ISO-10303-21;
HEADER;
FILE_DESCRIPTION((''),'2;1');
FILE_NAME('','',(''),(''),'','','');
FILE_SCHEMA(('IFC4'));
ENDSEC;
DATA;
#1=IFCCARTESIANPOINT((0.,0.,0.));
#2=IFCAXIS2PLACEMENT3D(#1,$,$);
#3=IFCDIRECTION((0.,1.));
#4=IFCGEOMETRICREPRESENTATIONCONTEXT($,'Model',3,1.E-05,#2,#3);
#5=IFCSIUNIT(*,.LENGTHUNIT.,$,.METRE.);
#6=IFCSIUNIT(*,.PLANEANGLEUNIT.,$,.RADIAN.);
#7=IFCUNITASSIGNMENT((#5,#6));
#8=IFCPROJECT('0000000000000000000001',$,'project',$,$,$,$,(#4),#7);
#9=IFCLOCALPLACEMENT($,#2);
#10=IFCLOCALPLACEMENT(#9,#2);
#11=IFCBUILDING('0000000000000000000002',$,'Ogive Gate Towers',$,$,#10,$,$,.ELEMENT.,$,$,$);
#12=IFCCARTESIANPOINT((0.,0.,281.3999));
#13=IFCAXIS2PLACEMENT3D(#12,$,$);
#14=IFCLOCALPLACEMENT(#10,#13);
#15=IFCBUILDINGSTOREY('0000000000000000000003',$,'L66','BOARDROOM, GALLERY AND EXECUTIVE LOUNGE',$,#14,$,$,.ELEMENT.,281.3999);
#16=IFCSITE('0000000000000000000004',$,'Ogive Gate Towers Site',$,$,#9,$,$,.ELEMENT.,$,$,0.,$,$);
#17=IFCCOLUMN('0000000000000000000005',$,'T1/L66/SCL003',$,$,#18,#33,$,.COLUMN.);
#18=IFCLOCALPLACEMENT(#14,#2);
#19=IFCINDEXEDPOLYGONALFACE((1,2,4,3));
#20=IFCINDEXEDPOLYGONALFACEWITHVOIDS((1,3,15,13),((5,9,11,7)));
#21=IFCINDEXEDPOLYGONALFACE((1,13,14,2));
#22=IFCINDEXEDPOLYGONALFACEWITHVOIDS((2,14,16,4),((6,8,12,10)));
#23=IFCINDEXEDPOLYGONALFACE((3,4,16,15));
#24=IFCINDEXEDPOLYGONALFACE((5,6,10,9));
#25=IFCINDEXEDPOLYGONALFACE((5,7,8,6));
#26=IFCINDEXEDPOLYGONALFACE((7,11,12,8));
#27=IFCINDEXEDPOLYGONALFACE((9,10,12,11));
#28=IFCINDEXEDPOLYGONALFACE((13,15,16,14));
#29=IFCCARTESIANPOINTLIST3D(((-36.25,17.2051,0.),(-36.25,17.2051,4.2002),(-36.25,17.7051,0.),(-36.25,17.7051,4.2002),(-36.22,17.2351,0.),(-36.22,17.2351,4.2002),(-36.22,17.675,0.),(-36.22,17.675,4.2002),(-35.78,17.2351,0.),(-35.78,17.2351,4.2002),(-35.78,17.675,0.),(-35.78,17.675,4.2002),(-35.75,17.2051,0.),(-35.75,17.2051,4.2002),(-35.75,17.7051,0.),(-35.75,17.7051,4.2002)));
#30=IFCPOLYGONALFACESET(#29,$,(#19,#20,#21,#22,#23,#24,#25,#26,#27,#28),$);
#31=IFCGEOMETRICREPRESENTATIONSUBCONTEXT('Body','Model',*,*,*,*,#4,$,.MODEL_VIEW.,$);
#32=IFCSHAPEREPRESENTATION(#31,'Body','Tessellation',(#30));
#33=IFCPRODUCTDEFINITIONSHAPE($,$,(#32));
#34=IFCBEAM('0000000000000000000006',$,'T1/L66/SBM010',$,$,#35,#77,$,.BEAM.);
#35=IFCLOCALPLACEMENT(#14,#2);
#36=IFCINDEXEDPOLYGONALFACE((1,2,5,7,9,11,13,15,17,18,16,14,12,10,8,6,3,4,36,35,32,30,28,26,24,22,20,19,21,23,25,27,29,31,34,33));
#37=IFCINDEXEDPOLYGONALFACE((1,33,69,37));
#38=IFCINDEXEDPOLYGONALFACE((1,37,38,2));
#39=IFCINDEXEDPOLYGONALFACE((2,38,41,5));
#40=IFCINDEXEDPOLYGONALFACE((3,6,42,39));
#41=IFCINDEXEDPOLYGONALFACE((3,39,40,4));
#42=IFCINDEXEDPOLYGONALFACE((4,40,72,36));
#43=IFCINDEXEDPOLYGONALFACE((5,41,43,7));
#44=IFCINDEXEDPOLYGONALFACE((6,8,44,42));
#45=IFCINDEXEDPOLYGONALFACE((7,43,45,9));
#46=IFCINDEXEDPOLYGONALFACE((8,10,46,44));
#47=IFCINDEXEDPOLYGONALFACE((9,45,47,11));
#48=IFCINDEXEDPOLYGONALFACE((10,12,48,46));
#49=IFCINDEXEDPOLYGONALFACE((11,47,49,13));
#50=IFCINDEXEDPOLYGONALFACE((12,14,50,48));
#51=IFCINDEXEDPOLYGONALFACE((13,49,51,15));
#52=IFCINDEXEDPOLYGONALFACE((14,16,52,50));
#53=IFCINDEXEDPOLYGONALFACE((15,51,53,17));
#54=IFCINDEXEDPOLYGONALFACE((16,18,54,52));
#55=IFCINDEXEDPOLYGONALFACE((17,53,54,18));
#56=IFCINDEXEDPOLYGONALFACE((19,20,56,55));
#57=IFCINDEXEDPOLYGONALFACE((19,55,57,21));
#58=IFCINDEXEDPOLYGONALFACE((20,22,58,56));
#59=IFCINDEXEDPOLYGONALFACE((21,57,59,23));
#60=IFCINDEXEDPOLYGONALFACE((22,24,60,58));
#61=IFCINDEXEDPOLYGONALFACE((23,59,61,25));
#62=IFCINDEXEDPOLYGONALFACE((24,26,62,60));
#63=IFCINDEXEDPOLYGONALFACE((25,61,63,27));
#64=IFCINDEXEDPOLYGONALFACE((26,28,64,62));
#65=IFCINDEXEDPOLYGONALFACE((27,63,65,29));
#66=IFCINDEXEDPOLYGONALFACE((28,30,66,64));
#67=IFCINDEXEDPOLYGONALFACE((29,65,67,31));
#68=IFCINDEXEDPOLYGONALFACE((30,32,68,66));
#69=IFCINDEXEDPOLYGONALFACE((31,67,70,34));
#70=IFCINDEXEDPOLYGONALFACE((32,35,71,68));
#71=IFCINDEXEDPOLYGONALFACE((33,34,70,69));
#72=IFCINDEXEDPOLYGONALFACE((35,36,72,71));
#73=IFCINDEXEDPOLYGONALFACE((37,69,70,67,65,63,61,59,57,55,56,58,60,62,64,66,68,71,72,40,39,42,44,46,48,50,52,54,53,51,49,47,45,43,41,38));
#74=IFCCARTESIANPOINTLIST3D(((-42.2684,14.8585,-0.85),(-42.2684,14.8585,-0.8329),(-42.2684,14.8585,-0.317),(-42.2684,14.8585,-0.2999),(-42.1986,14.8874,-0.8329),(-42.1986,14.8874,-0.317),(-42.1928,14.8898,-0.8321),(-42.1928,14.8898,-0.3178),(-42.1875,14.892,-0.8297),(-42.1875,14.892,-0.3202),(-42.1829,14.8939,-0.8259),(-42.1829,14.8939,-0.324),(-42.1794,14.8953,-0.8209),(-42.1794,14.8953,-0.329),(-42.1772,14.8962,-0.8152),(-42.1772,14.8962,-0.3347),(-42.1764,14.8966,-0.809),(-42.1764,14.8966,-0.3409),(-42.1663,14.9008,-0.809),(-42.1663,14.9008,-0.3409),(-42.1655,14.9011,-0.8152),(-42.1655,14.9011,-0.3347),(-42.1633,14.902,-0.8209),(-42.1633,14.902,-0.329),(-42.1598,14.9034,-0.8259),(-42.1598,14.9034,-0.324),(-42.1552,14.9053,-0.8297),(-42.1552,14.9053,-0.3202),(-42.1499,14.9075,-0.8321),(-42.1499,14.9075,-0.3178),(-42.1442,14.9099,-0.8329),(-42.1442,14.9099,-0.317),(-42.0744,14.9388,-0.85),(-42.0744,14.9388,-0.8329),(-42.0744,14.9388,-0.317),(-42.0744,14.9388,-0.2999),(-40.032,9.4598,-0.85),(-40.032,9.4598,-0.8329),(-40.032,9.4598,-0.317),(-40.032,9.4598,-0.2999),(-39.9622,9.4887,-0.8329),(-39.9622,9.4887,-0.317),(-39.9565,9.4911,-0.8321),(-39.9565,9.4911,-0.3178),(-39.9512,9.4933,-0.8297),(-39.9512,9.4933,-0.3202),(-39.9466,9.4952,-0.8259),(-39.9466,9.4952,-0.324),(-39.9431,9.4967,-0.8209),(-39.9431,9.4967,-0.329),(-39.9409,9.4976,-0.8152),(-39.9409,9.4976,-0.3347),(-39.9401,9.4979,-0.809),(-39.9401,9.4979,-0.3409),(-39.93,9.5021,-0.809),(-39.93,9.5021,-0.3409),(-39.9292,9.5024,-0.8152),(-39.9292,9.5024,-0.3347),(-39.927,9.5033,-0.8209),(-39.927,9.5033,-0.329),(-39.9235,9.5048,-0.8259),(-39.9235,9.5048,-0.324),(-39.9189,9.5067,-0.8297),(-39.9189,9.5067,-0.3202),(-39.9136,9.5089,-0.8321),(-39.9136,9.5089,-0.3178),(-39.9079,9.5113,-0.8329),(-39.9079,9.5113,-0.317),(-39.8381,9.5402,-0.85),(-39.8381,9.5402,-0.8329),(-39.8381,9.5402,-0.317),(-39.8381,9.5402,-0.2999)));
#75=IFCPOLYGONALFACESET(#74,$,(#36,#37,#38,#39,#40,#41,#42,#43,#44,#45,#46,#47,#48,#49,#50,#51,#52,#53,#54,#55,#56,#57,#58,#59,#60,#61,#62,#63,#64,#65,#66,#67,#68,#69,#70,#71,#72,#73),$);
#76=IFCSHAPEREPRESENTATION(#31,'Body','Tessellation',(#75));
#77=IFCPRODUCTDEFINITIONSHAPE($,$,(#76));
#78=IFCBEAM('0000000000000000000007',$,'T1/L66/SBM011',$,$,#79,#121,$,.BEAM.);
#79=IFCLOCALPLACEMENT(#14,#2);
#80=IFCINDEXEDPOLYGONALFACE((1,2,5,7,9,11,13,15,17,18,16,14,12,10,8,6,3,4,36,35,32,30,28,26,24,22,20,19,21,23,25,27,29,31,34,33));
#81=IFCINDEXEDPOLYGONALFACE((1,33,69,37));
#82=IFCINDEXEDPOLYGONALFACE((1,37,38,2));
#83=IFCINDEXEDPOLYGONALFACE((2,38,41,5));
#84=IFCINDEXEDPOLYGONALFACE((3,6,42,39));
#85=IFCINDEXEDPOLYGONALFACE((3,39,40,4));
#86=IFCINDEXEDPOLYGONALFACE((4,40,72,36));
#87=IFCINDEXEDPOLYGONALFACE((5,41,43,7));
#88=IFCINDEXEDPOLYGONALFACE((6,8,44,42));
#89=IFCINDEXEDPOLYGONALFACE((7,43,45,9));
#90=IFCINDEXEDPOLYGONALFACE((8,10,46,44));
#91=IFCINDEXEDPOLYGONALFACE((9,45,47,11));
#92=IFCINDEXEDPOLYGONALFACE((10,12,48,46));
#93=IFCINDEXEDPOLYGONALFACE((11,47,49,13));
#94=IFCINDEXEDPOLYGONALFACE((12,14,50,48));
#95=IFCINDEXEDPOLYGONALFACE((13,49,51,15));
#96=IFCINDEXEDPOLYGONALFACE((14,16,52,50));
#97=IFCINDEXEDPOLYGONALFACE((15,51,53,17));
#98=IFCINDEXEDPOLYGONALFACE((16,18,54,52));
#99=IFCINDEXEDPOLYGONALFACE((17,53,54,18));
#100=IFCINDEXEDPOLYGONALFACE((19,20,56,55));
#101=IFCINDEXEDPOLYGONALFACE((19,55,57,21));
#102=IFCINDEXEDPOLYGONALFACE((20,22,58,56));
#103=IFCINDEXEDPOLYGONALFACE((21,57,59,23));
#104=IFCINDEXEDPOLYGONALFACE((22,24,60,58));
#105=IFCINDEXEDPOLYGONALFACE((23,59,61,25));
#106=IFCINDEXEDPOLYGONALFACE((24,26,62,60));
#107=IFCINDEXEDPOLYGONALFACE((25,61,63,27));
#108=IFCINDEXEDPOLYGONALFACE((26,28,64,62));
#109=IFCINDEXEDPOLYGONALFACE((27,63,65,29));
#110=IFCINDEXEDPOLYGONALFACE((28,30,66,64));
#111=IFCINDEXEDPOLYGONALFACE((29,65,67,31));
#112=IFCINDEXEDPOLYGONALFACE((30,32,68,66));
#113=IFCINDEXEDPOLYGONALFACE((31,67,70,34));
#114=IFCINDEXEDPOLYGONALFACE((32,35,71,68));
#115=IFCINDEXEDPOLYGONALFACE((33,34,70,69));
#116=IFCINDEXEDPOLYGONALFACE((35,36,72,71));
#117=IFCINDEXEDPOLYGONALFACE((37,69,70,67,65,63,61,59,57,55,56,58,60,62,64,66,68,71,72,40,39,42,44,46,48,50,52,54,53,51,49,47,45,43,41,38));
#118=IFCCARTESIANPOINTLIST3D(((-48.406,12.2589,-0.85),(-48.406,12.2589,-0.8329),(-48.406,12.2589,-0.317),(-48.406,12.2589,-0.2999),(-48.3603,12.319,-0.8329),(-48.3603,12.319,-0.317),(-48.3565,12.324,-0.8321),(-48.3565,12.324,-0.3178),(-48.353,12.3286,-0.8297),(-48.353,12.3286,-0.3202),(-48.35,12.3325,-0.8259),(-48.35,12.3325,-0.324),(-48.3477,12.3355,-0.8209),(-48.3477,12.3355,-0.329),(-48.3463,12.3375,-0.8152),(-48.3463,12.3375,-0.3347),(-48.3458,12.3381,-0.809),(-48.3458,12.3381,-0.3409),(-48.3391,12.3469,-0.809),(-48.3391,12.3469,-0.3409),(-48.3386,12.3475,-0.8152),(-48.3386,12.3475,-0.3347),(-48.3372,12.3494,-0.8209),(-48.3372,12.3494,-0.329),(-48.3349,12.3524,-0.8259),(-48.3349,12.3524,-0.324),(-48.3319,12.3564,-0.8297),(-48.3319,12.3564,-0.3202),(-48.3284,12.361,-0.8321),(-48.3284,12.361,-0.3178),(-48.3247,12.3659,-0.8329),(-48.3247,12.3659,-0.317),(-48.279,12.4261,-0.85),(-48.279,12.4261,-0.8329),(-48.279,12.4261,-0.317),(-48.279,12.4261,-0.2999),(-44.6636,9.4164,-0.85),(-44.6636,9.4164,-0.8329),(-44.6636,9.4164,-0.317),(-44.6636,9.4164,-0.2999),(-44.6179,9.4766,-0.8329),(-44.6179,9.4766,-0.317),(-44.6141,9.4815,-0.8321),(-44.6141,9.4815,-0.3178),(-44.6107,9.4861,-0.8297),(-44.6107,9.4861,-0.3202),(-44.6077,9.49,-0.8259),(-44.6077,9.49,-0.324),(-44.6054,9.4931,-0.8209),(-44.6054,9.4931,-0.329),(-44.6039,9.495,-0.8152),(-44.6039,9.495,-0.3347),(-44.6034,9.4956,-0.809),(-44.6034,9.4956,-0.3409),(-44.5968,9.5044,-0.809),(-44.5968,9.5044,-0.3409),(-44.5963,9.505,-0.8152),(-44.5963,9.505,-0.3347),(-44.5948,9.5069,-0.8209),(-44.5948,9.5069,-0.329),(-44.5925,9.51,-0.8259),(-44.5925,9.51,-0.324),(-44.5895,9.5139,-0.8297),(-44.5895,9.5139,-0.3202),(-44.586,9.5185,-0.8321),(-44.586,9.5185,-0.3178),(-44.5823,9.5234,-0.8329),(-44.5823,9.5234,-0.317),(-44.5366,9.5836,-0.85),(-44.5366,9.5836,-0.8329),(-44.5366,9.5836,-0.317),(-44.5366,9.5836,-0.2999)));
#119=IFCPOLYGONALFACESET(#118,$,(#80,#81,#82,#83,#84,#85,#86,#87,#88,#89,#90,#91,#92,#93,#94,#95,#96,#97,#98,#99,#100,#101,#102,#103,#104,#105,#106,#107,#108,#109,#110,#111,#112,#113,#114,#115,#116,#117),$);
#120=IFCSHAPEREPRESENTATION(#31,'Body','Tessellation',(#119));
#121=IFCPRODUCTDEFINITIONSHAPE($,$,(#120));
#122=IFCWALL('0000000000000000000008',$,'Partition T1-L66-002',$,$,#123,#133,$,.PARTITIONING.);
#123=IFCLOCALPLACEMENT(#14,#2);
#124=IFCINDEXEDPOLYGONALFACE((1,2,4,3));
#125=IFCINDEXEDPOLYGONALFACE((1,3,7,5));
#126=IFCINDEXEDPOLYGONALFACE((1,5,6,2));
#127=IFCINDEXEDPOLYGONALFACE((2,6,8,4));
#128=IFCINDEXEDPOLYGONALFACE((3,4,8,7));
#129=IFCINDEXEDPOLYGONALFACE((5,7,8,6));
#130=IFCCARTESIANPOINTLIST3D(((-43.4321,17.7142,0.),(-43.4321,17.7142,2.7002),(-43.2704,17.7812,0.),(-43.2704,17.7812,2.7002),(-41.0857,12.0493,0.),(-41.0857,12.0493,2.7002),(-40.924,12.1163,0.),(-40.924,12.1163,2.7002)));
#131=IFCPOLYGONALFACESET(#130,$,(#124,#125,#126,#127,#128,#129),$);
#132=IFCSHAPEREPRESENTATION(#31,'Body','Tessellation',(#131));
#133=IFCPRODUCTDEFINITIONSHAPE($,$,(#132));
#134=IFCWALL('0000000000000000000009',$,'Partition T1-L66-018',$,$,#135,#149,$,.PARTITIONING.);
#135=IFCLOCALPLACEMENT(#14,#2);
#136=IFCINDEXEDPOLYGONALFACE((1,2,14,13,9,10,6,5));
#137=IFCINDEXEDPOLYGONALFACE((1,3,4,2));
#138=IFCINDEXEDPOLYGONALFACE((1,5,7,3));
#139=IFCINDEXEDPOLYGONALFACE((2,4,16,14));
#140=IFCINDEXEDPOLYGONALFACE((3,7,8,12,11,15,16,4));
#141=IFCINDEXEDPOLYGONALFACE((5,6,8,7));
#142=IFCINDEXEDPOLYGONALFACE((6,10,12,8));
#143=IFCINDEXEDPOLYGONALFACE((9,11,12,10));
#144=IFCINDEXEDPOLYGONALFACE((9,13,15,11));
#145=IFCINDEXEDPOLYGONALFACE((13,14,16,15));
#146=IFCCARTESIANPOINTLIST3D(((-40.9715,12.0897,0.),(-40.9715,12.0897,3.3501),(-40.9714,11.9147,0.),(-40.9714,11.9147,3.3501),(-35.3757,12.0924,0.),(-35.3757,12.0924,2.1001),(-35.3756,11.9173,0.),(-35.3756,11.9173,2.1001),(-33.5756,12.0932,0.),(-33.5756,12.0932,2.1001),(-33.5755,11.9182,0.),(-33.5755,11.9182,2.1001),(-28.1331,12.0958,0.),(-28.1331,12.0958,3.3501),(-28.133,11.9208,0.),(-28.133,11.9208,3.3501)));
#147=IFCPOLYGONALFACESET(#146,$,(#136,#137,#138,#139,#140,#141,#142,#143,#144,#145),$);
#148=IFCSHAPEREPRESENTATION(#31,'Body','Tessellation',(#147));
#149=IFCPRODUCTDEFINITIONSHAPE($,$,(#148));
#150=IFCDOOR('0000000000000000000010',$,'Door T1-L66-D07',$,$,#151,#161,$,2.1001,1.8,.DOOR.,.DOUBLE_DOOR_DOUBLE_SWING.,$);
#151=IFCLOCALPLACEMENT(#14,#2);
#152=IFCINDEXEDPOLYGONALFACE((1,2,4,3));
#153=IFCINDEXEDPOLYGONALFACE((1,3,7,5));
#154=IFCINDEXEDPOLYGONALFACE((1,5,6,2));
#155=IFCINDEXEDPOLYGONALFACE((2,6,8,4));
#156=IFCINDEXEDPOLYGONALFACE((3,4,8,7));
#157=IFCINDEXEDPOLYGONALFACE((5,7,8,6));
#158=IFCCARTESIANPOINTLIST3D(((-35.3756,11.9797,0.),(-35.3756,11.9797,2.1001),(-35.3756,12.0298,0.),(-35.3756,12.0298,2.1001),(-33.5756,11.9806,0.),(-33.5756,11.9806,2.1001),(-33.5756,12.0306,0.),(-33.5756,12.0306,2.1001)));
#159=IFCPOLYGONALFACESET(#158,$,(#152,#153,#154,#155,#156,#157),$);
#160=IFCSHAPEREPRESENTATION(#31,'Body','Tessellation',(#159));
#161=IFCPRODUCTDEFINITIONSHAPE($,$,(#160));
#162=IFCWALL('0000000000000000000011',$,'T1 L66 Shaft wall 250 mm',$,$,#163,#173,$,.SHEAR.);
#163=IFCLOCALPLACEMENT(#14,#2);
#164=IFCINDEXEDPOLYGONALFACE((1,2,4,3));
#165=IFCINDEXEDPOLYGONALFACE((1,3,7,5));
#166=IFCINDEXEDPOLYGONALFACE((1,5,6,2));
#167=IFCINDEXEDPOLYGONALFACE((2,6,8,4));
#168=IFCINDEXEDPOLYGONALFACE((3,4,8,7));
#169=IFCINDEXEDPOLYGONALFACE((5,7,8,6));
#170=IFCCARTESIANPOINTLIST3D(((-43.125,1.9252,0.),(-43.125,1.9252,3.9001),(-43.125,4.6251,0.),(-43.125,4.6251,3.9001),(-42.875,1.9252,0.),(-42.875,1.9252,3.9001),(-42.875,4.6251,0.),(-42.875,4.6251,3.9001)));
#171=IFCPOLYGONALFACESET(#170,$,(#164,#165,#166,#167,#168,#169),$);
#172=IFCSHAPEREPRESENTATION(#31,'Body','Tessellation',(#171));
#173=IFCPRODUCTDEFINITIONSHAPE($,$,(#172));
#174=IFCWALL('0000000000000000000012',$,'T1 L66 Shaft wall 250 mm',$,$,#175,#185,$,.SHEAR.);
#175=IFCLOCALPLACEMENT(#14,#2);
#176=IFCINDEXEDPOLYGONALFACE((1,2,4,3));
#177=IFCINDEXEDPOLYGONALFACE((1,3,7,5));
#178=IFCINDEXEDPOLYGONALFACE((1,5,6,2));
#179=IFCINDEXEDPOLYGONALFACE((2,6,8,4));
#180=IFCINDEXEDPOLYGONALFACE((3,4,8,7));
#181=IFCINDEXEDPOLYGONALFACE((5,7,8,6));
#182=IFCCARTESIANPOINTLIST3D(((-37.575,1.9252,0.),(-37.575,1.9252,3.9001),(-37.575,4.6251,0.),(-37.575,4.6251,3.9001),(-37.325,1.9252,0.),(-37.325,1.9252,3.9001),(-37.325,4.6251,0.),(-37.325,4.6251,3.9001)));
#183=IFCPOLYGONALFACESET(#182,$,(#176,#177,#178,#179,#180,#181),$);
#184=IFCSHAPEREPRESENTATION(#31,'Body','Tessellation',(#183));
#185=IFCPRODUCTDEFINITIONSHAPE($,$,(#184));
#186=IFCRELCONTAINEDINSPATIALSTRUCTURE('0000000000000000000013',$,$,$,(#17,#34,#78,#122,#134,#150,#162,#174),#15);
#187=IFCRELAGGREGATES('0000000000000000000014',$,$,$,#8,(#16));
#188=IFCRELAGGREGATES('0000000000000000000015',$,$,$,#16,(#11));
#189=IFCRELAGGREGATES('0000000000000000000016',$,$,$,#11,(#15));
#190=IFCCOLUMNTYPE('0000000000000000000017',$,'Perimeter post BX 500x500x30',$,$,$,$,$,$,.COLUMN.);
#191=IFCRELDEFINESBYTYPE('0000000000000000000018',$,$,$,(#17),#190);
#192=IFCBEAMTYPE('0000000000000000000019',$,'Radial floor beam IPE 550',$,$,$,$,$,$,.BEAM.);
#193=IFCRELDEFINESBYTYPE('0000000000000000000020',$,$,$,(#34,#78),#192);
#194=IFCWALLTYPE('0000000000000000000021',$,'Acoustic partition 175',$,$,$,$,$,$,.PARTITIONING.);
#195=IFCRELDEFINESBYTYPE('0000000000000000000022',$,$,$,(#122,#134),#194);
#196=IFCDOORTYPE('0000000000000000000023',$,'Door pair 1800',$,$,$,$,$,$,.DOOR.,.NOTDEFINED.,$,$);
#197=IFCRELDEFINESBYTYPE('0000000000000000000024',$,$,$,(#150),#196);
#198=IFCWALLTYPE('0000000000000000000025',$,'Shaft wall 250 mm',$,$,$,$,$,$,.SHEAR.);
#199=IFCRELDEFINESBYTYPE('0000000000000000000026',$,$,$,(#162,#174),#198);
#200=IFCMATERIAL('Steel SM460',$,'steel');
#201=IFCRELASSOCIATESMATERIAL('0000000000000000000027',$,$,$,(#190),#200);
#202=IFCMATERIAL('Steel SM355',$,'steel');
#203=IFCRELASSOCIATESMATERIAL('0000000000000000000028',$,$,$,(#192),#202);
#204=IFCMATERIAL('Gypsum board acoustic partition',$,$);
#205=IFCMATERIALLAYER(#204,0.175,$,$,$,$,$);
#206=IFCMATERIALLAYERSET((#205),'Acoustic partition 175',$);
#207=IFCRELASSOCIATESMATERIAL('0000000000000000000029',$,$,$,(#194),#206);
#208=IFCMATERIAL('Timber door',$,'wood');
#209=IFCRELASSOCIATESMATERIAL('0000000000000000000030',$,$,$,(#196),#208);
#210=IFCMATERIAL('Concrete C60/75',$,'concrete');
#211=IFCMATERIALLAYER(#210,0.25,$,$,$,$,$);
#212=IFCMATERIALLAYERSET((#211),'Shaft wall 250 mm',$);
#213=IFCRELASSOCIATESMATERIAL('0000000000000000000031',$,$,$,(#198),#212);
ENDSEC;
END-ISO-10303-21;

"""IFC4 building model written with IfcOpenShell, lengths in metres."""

from ifc_helpers import new_model, si_unit, direction, frame, frame_2d, origin, origin_2d, place, context, subcontext, project, spatial, rectangle, hollow_rectangle, i_section, extrude, material, layer, layer_set, material_profile, profile_set, type_object, element, fill, save


model = new_model("IFC4")

# Units and contexts
model_context = context("Model", 3, precision=1e-05, world=origin(), true_north=direction((0.0, 1.0)))
body_context = subcontext(model_context, "Body", "Model", "MODEL_VIEW")
ifc_project = project(units=[si_unit("LENGTHUNIT", "METRE"), si_unit("PLANEANGLEUNIT", "RADIAN")], contexts=[model_context])

# Site, building, storey
site_placement = place(None, origin())
site = spatial("IfcSite", under=ifc_project, at=site_placement, Name="Ogive Gate Towers Site", CompositionType="ELEMENT", RefElevation=0.0)
building_placement = place(site_placement, origin())
building = spatial("IfcBuilding", under=site, at=building_placement, Name="Ogive Gate Towers", CompositionType="ELEMENT")
storey_placement = place(building_placement, frame((0.0, 0.0, 281.3999)))
storey = spatial("IfcBuildingStorey", under=building, at=storey_placement, Name="L66", Description="BOARDROOM, GALLERY AND EXECUTIVE LOUNGE", CompositionType="ELEMENT", Elevation=281.3999)

# Column
ifc_material_1 = material(Name="Steel SM460", Category="steel")
ifc_material_profile_1 = material_profile(ifc_material_1, hollow_rectangle(XDim=0.5, YDim=0.5, WallThickness=0.03, at=origin_2d()), Name="BX 500x500x30")
ifc_profile_set_1 = profile_set([ifc_material_profile_1], Name="Steel SM460")
column_type = type_object("IfcColumnType", Name="Perimeter post BX 500x500x30", PredefinedType="COLUMN", material=ifc_profile_set_1)
column_placement = place(storey_placement, frame((-36.0, 17.4551, 0.0), z_axis=(0.0, 0.0, 1.0), x_axis=(1.0, 0.0, 0.0)))
element("IfcColumn", 1, at=column_placement, inside=storey, type_object=column_type, Name="T1/L66/SCL003", PredefinedType="COLUMN", context=body_context, shape_type="SweptSolid", body=[
    extrude(hollow_rectangle(XDim=0.5, YDim=0.5, WallThickness=0.03, at=origin_2d()), origin(), (0.0, 0.0, 1.0), 4.2002),
])

# Beams
ifc_material_2 = material(Name="Steel SM355", Category="steel")
ifc_material_profile_2 = material_profile(ifc_material_2, i_section(OverallWidth=0.21, OverallDepth=0.55, WebThickness=0.011, FlangeThickness=0.0171, FilletRadius=0.0239, at=origin_2d()), Name="IPE 550")
ifc_profile_set_2 = profile_set([ifc_material_profile_2], Name="Steel SM355")
beam_type = type_object("IfcBeamType", Name="Radial floor beam IPE 550", PredefinedType="BEAM", material=ifc_profile_set_2)
beam_1_placement = place(storey_placement, frame((-39.9351, 9.5, -0.575), z_axis=(-0.382701, 0.923872, 0.0), x_axis=(-0.923872, -0.382701, 0.0)))
element("IfcBeam", 2, at=beam_1_placement, inside=storey, type_object=beam_type, Name="T1/L66/SBM010", PredefinedType="BEAM", context=body_context, shape_type="SweptSolid", body=[
    extrude(i_section(OverallWidth=0.21, OverallDepth=0.55, WebThickness=0.011, FlangeThickness=0.0171, FilletRadius=0.0239, at=origin_2d()), origin(), (0.0, 0.0, 1.0), 5.8435),
])
beam_2_placement = place(storey_placement, frame((-44.6001, 9.5, -0.575), z_axis=(-0.796338, 0.604851, 0.0), x_axis=(-0.604851, -0.796338, 0.0)))
element("IfcBeam", 3, at=beam_2_placement, inside=storey, type_object=beam_type, Name="T1/L66/SBM011", PredefinedType="BEAM", context=body_context, shape_type="SweptSolid", body=[
    extrude(i_section(OverallWidth=0.21, OverallDepth=0.55, WebThickness=0.011, FlangeThickness=0.0171, FilletRadius=0.0239, at=origin_2d()), origin(), (0.0, 0.0, 1.0), 4.6995),
])

# Wall
ifc_material_3 = material(Name="Gypsum board acoustic partition")
ifc_layer_1 = layer(ifc_material_3, 0.175)
ifc_layer_set_1 = layer_set([ifc_layer_1], Name="Acoustic partition 175")
wall_type_1 = type_object("IfcWallType", Name="Acoustic partition 175", PredefinedType="PARTITIONING", material=ifc_layer_set_1)
wall_1_placement = place(storey_placement, frame((-43.3513, 17.7478, 0.0), z_axis=(0.0, 0.0, 1.0), x_axis=(0.382684, -0.923879, 0.0)))
element("IfcWall", 4, at=wall_1_placement, inside=storey, type_object=wall_type_1, Name="Partition T1-L66-002", PredefinedType="PARTITIONING", context=body_context, shape_type="SweptSolid", body=[
    extrude(rectangle(XDim=6.1316, YDim=0.175, at=frame_2d((3.0659, 0.0))), origin(), (0.0, 0.0, 1.0), 2.7002),
])

# Wall, opening, door
wall_2_placement = place(storey_placement, frame((-40.9714, 12.0022, 0.0), z_axis=(0.0, 0.0, 1.0), x_axis=(1.0, 0.000475, 0.0)))
wall_2 = element("IfcWall", 5, at=wall_2_placement, inside=storey, type_object=wall_type_1, Name="Partition T1-L66-018", PredefinedType="PARTITIONING", context=body_context, shape_type="SweptSolid", body=[
    extrude(rectangle(XDim=12.8384, YDim=0.175, at=frame_2d((6.4192, 0.0))), origin(), (0.0, 0.0, 1.0), 3.3501),
])
opening_1_placement = place(wall_2_placement, frame((5.5959, 0.0, 0.0)))
opening_1 = element("IfcOpeningElement", 6, at=opening_1_placement, cuts=wall_2, PredefinedType="OPENING", context=body_context, shape_type="SweptSolid", body=[
    extrude(rectangle(XDim=1.8, YDim=2.1001, at=frame_2d((0.8999, 1.05))), frame((0.0, 0.0977, 0.0), z_axis=(0.0, -1.0, 0.0), x_axis=(1.0, 0.0, 0.0)), (0.0, 0.0, 1.0), 0.1951),
])
ifc_material_4 = material(Name="Timber door", Category="wood")
door_type_1 = type_object("IfcDoorType", Name="Door pair 1800", OperationType="NOTDEFINED", PredefinedType="DOOR", material=ifc_material_4)
door_1_placement = place(opening_1_placement, origin())
door_1 = element("IfcDoor", 7, at=door_1_placement, inside=storey, type_object=door_type_1, Name="Door T1-L66-D07", OperationType="DOUBLE_DOOR_DOUBLE_SWING", OverallHeight=2.1001, OverallWidth=1.8, PredefinedType="DOOR", context=body_context, shape_type="SweptSolid", body=[
    extrude(rectangle(XDim=1.8, YDim=2.1001, at=frame_2d((0.8999, 1.05))), frame((0.0, 0.0249, 0.0), z_axis=(0.0, -1.0, 0.0), x_axis=(1.0, 0.0, 0.0)), (0.0, 0.0, 1.0), 0.05),
])
fill(opening_1, door_1)

# Walls
ifc_material_5 = material(Name="Concrete C60/75", Category="concrete")
ifc_layer_2 = layer(ifc_material_5, 0.25)
ifc_layer_set_2 = layer_set([ifc_layer_2], Name="Shaft wall 250 mm")
wall_type_2 = type_object("IfcWallType", Name="Shaft wall 250 mm", PredefinedType="SHEAR", material=ifc_layer_set_2)
for number, where, z_axis, x_axis, name in (
    (8, (-43.0, 1.925, 0.0), (0.0, 0.0, 1.0), (0.0, 1.0, 0.0), "T1 L66 Shaft wall 250 mm"),
    (9, (-37.45, 1.925, 0.0), (0.0, 0.0, 1.0), (0.0, 1.0, 0.0), "T1 L66 Shaft wall 250 mm"),
):
    element("IfcWall", number, at=place(storey_placement, frame(where, z_axis=z_axis, x_axis=x_axis)), inside=storey, type_object=wall_type_2, Name=name, PredefinedType="SHEAR", context=body_context, shape_type="SweptSolid", body=[
        extrude(rectangle(XDim=2.7, YDim=0.25, at=frame_2d((1.3501, 0.0))), origin(), (0.0, 0.0, 1.0), 3.9001),
    ])

save(model, "model.ifc")
